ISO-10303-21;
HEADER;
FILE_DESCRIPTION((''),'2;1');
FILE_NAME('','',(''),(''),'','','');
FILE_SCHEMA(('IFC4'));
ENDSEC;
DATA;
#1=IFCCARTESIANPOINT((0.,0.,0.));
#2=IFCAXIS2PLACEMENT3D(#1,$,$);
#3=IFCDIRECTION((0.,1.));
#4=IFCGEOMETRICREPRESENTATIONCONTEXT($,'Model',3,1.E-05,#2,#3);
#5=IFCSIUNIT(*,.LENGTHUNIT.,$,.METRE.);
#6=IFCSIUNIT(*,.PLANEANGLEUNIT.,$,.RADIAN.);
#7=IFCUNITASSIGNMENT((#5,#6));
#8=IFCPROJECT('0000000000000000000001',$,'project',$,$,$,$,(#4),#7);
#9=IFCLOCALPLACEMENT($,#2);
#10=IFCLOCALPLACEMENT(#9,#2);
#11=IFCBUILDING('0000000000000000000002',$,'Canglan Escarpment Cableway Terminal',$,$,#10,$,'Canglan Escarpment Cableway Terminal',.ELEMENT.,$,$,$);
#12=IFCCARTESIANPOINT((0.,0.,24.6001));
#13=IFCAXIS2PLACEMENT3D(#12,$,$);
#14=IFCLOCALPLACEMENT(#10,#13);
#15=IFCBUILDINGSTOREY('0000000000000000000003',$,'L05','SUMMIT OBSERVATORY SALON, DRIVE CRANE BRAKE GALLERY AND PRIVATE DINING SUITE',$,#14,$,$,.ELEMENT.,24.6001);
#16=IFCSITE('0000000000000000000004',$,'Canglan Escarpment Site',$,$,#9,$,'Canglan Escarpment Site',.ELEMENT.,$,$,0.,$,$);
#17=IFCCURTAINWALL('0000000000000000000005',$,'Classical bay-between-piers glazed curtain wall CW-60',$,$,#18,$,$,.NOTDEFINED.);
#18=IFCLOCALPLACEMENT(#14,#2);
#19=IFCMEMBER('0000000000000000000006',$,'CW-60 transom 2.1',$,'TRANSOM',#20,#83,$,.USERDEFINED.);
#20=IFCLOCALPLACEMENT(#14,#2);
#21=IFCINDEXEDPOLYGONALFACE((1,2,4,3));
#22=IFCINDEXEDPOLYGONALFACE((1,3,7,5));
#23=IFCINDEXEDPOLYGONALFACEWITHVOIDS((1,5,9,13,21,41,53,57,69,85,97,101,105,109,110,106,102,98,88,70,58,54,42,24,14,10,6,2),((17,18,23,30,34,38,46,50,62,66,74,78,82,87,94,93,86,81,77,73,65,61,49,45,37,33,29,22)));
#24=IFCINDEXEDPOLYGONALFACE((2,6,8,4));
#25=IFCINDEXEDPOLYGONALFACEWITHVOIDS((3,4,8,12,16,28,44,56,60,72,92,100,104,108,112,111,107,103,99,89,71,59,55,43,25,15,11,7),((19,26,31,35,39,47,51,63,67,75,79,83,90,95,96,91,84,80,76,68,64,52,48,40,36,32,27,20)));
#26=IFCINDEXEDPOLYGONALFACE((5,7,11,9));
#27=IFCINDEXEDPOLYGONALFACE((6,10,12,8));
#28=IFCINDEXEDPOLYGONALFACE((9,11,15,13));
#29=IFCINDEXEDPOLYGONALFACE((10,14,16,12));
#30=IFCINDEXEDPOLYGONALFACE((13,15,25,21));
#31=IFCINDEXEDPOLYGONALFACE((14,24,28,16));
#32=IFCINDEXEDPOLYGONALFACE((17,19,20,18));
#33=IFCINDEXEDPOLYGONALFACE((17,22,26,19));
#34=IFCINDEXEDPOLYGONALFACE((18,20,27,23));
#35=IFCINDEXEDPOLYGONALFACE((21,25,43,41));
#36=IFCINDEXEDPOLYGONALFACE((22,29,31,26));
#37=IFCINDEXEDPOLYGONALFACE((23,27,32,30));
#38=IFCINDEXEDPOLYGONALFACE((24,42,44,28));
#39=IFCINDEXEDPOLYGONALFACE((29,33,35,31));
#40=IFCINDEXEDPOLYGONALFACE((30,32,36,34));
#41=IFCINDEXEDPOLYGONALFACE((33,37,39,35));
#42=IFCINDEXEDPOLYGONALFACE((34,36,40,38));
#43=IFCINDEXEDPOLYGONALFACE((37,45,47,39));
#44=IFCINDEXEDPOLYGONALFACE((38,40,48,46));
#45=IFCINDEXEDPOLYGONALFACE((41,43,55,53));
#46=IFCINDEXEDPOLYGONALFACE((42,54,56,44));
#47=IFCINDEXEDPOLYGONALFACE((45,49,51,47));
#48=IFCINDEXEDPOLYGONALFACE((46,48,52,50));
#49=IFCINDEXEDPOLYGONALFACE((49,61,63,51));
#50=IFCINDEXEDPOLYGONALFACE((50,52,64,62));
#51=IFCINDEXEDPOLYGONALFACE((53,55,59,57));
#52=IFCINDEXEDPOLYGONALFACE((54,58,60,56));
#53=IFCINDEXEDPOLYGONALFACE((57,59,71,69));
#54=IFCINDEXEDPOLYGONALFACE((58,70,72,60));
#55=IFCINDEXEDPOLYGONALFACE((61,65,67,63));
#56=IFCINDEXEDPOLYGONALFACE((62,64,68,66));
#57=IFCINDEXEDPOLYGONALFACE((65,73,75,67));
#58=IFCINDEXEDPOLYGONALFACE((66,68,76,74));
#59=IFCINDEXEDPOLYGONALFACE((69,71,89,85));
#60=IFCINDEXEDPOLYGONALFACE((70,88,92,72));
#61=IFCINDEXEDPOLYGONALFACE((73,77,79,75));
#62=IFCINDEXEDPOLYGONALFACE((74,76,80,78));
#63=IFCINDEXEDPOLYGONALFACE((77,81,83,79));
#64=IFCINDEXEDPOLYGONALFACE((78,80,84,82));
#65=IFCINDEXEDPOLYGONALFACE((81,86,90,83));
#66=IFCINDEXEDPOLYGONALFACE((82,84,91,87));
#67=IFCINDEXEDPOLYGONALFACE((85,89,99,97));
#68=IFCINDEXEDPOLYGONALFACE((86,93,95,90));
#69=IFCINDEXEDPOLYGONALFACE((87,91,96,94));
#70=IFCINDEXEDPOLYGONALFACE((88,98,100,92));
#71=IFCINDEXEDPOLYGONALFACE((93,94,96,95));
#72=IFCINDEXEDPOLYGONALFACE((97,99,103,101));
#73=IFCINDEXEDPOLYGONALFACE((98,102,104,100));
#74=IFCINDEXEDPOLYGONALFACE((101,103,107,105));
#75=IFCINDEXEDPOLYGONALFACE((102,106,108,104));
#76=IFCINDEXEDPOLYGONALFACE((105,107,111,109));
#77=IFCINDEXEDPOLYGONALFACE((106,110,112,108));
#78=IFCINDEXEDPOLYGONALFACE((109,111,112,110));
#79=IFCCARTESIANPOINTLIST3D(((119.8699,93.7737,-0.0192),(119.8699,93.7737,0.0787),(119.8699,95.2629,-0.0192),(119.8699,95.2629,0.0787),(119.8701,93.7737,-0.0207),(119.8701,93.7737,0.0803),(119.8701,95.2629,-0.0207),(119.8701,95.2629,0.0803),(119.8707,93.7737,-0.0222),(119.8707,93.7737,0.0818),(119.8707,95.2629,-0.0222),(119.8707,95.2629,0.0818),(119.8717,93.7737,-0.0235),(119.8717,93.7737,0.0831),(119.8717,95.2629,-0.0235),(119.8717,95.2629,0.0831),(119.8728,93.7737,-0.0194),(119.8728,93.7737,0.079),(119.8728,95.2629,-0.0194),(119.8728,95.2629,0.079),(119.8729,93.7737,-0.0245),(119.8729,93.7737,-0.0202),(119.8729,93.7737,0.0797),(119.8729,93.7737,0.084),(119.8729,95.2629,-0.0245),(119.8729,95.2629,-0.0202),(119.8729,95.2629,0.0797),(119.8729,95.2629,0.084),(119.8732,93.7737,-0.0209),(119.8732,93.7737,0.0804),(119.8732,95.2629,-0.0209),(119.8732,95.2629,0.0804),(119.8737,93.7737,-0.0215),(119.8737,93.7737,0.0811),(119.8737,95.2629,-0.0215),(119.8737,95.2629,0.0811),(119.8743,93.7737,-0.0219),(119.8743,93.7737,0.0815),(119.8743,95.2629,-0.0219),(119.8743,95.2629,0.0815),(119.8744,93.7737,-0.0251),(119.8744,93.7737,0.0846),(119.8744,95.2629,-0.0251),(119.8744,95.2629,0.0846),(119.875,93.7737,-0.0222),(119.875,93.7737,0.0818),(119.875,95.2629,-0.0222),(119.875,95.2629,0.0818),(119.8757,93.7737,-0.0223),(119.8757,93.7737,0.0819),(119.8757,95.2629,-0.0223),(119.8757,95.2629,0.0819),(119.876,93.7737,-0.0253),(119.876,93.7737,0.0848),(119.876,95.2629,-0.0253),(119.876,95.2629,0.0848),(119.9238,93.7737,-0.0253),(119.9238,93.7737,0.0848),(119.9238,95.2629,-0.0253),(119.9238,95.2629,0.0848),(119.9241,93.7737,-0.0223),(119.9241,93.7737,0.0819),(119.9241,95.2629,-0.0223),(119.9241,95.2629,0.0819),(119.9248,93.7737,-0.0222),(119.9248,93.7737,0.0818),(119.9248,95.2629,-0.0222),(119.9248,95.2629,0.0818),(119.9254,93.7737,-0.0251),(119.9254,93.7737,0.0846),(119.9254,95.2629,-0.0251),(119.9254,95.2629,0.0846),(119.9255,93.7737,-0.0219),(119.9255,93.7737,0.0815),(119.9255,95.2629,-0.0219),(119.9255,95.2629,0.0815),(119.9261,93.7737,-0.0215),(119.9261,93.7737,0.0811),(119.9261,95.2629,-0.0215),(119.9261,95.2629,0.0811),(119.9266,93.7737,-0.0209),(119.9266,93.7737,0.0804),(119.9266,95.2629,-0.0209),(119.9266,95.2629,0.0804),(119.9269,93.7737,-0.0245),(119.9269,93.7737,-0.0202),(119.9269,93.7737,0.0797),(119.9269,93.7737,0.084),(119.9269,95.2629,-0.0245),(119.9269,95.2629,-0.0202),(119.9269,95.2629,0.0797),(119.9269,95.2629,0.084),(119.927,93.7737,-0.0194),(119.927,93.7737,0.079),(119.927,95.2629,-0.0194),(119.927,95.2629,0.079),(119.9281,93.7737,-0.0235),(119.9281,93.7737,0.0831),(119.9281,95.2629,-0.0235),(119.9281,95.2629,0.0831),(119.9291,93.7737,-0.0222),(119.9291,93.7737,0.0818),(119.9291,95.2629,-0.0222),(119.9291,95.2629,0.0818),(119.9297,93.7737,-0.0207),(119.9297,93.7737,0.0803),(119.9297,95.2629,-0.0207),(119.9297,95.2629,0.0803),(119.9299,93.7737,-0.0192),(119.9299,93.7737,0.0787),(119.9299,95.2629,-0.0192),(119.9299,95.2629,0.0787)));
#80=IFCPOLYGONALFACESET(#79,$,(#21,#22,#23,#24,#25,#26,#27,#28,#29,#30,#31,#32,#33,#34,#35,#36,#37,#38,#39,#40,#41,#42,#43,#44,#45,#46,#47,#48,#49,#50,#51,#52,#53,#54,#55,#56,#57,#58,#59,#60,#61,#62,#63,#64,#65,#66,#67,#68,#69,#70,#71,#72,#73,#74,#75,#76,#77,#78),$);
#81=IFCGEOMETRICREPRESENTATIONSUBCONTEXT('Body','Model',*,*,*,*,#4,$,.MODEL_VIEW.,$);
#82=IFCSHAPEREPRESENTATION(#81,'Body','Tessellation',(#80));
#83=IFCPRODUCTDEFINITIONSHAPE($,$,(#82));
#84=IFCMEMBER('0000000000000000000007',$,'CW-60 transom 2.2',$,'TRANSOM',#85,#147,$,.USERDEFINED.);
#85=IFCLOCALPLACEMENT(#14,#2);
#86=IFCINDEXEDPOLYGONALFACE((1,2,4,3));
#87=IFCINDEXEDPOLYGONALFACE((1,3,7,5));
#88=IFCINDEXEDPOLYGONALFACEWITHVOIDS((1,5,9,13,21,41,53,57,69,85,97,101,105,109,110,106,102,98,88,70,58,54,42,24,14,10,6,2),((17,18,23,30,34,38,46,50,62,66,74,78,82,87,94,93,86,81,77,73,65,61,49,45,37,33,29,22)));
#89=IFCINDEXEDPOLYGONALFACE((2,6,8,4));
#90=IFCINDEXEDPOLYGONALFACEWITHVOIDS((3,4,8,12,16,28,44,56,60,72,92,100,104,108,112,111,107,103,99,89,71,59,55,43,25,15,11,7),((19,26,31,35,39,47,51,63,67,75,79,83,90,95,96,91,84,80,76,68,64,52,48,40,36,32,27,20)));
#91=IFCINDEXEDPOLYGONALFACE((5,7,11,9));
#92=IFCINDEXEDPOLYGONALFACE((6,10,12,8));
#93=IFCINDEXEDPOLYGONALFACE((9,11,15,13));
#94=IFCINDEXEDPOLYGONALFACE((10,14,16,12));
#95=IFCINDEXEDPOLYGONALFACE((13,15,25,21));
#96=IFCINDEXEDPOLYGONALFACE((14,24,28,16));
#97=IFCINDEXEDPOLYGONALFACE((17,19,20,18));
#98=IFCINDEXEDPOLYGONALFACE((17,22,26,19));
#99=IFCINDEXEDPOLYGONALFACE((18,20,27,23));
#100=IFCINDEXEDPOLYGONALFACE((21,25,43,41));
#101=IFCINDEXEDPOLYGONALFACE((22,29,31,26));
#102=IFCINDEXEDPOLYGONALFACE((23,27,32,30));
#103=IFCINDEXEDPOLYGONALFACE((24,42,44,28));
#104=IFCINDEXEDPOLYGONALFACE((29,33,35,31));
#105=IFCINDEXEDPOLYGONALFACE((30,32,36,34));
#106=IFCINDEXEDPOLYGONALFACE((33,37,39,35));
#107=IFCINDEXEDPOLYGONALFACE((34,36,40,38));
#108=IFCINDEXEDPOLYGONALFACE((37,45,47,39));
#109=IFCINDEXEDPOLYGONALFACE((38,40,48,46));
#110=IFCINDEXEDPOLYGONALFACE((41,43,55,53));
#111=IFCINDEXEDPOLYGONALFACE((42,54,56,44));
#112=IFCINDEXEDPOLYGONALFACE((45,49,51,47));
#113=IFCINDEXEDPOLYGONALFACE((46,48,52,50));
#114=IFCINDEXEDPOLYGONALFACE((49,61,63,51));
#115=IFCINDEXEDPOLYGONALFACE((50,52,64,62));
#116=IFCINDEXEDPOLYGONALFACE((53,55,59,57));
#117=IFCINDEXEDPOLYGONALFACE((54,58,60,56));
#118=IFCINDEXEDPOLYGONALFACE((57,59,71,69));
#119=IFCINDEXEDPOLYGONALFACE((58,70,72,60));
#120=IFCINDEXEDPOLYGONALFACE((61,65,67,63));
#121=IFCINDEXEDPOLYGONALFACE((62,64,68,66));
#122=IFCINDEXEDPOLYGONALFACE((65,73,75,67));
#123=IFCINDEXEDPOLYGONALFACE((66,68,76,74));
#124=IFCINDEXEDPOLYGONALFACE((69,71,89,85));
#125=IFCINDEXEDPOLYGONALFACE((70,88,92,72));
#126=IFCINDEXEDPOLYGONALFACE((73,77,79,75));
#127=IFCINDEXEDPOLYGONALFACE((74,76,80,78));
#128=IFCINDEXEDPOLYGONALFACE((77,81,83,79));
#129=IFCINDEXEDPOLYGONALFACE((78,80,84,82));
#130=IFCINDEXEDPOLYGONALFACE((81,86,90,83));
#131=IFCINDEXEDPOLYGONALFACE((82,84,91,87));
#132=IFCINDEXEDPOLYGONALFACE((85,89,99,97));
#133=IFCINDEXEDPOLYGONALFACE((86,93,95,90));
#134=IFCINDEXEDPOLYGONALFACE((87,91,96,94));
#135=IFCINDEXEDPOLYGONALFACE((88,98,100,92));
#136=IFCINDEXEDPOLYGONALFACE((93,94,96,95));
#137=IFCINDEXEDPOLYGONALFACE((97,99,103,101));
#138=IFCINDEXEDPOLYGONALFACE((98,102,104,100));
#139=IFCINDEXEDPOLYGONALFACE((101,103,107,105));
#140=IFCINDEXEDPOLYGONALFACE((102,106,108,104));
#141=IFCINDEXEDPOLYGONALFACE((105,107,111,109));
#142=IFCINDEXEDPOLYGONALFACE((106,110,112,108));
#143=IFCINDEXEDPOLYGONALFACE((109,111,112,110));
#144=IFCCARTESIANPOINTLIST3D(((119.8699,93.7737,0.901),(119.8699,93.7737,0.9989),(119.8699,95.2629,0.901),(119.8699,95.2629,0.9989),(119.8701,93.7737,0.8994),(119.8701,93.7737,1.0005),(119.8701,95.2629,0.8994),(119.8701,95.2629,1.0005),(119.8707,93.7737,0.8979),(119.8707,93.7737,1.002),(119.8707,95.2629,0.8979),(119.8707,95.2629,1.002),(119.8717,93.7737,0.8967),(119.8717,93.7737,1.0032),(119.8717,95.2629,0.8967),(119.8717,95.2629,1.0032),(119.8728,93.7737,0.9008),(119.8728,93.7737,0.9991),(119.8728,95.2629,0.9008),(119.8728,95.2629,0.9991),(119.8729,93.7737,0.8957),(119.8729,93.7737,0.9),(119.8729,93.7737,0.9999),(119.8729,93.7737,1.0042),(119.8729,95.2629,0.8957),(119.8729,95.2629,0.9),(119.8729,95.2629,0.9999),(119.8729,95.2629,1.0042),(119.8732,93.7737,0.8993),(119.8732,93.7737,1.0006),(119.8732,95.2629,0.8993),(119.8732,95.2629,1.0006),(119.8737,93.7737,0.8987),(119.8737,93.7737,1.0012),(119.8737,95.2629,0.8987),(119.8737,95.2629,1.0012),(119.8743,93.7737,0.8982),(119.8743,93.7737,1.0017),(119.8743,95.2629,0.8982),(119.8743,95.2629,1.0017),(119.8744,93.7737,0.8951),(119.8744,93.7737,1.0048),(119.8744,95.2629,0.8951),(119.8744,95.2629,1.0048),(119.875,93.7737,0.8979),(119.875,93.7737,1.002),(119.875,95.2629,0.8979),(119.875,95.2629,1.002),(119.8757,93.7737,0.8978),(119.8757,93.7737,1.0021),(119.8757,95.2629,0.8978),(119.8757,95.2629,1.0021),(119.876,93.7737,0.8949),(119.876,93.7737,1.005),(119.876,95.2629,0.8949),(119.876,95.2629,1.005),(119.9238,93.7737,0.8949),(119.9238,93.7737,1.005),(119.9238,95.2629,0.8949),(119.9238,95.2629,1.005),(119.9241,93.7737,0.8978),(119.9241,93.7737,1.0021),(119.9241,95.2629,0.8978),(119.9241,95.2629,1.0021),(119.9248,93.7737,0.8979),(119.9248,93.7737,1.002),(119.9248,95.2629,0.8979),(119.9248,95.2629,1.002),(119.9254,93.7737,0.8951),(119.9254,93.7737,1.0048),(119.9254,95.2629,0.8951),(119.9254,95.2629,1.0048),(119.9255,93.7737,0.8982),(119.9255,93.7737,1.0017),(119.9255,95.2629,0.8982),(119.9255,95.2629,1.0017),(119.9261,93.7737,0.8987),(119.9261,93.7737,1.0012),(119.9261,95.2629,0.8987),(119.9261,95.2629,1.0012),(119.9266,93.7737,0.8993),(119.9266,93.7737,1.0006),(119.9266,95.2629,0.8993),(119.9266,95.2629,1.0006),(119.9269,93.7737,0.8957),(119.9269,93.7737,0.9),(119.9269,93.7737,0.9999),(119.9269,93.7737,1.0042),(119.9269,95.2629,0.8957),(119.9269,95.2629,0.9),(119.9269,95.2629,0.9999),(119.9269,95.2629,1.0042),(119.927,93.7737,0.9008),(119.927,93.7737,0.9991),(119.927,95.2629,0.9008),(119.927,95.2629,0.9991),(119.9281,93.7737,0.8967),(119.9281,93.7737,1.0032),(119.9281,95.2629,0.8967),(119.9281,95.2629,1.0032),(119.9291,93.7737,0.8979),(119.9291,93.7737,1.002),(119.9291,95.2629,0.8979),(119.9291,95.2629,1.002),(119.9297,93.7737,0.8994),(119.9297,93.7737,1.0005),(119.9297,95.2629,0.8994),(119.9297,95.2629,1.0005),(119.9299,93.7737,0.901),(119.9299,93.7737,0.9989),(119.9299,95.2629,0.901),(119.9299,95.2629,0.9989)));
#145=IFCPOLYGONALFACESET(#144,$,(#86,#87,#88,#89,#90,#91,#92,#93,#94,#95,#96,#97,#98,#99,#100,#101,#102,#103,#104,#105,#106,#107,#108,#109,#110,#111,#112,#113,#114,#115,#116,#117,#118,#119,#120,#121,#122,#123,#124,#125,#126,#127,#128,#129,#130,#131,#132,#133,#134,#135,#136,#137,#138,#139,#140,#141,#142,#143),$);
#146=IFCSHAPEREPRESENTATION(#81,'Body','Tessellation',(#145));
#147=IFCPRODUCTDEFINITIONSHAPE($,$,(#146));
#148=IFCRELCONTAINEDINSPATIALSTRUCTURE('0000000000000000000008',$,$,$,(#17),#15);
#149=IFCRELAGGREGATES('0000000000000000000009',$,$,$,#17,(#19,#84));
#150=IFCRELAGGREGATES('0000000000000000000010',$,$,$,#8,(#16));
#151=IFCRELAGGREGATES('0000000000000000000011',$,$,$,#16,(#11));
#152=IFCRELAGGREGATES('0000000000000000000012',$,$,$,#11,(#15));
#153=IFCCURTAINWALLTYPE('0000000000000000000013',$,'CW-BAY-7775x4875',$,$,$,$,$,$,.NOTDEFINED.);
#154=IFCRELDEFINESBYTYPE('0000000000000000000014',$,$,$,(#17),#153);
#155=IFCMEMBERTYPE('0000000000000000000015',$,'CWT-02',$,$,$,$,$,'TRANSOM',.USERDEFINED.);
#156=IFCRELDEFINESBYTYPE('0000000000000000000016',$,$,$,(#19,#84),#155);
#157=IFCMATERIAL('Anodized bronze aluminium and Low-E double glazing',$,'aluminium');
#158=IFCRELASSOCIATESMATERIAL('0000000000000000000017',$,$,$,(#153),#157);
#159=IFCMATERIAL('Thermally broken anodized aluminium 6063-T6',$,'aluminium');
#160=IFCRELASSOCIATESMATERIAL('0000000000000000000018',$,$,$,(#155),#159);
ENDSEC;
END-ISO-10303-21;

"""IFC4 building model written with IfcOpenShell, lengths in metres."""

from ifc_helpers import new_model, si_unit, direction, frame, origin, origin_2d, place, context, subcontext, project, spatial, hollow_rectangle, extrude, material, material_profile, profile_set, type_object, element, aggregate, save


model = new_model("IFC4")

# Units and contexts
model_context = context("Model", 3, precision=1e-05, world=origin(), true_north=direction((0.0, 1.0)))
body_context = subcontext(model_context, "Body", "Model", "MODEL_VIEW")
ifc_project = project(units=[si_unit("LENGTHUNIT", "METRE"), si_unit("PLANEANGLEUNIT", "RADIAN")], contexts=[model_context])

# Site, building, storey
site_placement = place(None, origin())
site = spatial("IfcSite", under=ifc_project, at=site_placement, Name="Canglan Escarpment Site", LongName="Canglan Escarpment Site", CompositionType="ELEMENT", RefElevation=0.0)
building_placement = place(site_placement, origin())
building = spatial("IfcBuilding", under=site, at=building_placement, Name="Canglan Escarpment Cableway Terminal", LongName="Canglan Escarpment Cableway Terminal", CompositionType="ELEMENT")
storey_placement = place(building_placement, frame((0.0, 0.0, 24.6001)))
storey = spatial("IfcBuildingStorey", under=building, at=storey_placement, Name="L05", Description="SUMMIT OBSERVATORY SALON, DRIVE CRANE BRAKE GALLERY AND PRIVATE DINING SUITE", CompositionType="ELEMENT", Elevation=24.6001)

# Shared definitions
ifc_material_1 = material(Name="Anodized bronze aluminium and Low-E double glazing", Category="aluminium")
ifc_material_2 = material(Name="Thermally broken anodized aluminium 6063-T6", Category="aluminium")

# Curtain wall, members
curtain_wall_type_1 = type_object("IfcCurtainWallType", Name="CW-BAY-7775x4875", PredefinedType="NOTDEFINED", material=ifc_material_1)
curtain_wall_1_placement = place(storey_placement, origin())
curtain_wall_1 = element("IfcCurtainWall", 1, at=curtain_wall_1_placement, inside=storey, type_object=curtain_wall_type_1, Name="Classical bay-between-piers glazed curtain wall CW-60", PredefinedType="NOTDEFINED")
ifc_material_profile_1 = material_profile(ifc_material_2, hollow_rectangle(XDim=0.0601, YDim=0.1101, WallThickness=0.0029, InnerFilletRadius=0.0029, OuterFilletRadius=0.0061, at=origin_2d()), Name="ALU-TRAN 60x110x3")
ifc_profile_set_1 = profile_set([ifc_material_profile_1], Name="Thermally broken anodized aluminium 6063-T6")
member_type_1 = type_object("IfcMemberType", Name="CWT-02", ElementType="TRANSOM", PredefinedType="USERDEFINED", material=ifc_profile_set_1)
member_1_placement = place(storey_placement, frame((119.8999, 95.2629, 0.0298), z_axis=(0.0, -1.0, 0.0), x_axis=(1.0, 0.0, 0.0)))
member_1 = element("IfcMember", 2, at=member_1_placement, type_object=member_type_1, Name="CW-60 transom 2.1", ObjectType="TRANSOM", PredefinedType="USERDEFINED", context=body_context, shape_type="SweptSolid", body=[
    extrude(hollow_rectangle(XDim=0.0601, YDim=0.1101, WallThickness=0.0029, InnerFilletRadius=0.0029, OuterFilletRadius=0.0061, at=origin_2d()), origin(), (0.0, 0.0, 1.0), 1.4893),
])
member_2_placement = place(storey_placement, frame((119.8999, 95.2629, 0.95), z_axis=(0.0, -1.0, 0.0), x_axis=(1.0, 0.0, 0.0)))
member_2 = element("IfcMember", 3, at=member_2_placement, type_object=member_type_1, Name="CW-60 transom 2.2", ObjectType="TRANSOM", PredefinedType="USERDEFINED", context=body_context, shape_type="SweptSolid", body=[
    extrude(hollow_rectangle(XDim=0.0601, YDim=0.1101, WallThickness=0.0029, InnerFilletRadius=0.0029, OuterFilletRadius=0.0061, at=origin_2d()), origin(), (0.0, 0.0, 1.0), 1.4893),
])
aggregate(curtain_wall_1, [member_1, member_2])

save(model, "model.ifc")
